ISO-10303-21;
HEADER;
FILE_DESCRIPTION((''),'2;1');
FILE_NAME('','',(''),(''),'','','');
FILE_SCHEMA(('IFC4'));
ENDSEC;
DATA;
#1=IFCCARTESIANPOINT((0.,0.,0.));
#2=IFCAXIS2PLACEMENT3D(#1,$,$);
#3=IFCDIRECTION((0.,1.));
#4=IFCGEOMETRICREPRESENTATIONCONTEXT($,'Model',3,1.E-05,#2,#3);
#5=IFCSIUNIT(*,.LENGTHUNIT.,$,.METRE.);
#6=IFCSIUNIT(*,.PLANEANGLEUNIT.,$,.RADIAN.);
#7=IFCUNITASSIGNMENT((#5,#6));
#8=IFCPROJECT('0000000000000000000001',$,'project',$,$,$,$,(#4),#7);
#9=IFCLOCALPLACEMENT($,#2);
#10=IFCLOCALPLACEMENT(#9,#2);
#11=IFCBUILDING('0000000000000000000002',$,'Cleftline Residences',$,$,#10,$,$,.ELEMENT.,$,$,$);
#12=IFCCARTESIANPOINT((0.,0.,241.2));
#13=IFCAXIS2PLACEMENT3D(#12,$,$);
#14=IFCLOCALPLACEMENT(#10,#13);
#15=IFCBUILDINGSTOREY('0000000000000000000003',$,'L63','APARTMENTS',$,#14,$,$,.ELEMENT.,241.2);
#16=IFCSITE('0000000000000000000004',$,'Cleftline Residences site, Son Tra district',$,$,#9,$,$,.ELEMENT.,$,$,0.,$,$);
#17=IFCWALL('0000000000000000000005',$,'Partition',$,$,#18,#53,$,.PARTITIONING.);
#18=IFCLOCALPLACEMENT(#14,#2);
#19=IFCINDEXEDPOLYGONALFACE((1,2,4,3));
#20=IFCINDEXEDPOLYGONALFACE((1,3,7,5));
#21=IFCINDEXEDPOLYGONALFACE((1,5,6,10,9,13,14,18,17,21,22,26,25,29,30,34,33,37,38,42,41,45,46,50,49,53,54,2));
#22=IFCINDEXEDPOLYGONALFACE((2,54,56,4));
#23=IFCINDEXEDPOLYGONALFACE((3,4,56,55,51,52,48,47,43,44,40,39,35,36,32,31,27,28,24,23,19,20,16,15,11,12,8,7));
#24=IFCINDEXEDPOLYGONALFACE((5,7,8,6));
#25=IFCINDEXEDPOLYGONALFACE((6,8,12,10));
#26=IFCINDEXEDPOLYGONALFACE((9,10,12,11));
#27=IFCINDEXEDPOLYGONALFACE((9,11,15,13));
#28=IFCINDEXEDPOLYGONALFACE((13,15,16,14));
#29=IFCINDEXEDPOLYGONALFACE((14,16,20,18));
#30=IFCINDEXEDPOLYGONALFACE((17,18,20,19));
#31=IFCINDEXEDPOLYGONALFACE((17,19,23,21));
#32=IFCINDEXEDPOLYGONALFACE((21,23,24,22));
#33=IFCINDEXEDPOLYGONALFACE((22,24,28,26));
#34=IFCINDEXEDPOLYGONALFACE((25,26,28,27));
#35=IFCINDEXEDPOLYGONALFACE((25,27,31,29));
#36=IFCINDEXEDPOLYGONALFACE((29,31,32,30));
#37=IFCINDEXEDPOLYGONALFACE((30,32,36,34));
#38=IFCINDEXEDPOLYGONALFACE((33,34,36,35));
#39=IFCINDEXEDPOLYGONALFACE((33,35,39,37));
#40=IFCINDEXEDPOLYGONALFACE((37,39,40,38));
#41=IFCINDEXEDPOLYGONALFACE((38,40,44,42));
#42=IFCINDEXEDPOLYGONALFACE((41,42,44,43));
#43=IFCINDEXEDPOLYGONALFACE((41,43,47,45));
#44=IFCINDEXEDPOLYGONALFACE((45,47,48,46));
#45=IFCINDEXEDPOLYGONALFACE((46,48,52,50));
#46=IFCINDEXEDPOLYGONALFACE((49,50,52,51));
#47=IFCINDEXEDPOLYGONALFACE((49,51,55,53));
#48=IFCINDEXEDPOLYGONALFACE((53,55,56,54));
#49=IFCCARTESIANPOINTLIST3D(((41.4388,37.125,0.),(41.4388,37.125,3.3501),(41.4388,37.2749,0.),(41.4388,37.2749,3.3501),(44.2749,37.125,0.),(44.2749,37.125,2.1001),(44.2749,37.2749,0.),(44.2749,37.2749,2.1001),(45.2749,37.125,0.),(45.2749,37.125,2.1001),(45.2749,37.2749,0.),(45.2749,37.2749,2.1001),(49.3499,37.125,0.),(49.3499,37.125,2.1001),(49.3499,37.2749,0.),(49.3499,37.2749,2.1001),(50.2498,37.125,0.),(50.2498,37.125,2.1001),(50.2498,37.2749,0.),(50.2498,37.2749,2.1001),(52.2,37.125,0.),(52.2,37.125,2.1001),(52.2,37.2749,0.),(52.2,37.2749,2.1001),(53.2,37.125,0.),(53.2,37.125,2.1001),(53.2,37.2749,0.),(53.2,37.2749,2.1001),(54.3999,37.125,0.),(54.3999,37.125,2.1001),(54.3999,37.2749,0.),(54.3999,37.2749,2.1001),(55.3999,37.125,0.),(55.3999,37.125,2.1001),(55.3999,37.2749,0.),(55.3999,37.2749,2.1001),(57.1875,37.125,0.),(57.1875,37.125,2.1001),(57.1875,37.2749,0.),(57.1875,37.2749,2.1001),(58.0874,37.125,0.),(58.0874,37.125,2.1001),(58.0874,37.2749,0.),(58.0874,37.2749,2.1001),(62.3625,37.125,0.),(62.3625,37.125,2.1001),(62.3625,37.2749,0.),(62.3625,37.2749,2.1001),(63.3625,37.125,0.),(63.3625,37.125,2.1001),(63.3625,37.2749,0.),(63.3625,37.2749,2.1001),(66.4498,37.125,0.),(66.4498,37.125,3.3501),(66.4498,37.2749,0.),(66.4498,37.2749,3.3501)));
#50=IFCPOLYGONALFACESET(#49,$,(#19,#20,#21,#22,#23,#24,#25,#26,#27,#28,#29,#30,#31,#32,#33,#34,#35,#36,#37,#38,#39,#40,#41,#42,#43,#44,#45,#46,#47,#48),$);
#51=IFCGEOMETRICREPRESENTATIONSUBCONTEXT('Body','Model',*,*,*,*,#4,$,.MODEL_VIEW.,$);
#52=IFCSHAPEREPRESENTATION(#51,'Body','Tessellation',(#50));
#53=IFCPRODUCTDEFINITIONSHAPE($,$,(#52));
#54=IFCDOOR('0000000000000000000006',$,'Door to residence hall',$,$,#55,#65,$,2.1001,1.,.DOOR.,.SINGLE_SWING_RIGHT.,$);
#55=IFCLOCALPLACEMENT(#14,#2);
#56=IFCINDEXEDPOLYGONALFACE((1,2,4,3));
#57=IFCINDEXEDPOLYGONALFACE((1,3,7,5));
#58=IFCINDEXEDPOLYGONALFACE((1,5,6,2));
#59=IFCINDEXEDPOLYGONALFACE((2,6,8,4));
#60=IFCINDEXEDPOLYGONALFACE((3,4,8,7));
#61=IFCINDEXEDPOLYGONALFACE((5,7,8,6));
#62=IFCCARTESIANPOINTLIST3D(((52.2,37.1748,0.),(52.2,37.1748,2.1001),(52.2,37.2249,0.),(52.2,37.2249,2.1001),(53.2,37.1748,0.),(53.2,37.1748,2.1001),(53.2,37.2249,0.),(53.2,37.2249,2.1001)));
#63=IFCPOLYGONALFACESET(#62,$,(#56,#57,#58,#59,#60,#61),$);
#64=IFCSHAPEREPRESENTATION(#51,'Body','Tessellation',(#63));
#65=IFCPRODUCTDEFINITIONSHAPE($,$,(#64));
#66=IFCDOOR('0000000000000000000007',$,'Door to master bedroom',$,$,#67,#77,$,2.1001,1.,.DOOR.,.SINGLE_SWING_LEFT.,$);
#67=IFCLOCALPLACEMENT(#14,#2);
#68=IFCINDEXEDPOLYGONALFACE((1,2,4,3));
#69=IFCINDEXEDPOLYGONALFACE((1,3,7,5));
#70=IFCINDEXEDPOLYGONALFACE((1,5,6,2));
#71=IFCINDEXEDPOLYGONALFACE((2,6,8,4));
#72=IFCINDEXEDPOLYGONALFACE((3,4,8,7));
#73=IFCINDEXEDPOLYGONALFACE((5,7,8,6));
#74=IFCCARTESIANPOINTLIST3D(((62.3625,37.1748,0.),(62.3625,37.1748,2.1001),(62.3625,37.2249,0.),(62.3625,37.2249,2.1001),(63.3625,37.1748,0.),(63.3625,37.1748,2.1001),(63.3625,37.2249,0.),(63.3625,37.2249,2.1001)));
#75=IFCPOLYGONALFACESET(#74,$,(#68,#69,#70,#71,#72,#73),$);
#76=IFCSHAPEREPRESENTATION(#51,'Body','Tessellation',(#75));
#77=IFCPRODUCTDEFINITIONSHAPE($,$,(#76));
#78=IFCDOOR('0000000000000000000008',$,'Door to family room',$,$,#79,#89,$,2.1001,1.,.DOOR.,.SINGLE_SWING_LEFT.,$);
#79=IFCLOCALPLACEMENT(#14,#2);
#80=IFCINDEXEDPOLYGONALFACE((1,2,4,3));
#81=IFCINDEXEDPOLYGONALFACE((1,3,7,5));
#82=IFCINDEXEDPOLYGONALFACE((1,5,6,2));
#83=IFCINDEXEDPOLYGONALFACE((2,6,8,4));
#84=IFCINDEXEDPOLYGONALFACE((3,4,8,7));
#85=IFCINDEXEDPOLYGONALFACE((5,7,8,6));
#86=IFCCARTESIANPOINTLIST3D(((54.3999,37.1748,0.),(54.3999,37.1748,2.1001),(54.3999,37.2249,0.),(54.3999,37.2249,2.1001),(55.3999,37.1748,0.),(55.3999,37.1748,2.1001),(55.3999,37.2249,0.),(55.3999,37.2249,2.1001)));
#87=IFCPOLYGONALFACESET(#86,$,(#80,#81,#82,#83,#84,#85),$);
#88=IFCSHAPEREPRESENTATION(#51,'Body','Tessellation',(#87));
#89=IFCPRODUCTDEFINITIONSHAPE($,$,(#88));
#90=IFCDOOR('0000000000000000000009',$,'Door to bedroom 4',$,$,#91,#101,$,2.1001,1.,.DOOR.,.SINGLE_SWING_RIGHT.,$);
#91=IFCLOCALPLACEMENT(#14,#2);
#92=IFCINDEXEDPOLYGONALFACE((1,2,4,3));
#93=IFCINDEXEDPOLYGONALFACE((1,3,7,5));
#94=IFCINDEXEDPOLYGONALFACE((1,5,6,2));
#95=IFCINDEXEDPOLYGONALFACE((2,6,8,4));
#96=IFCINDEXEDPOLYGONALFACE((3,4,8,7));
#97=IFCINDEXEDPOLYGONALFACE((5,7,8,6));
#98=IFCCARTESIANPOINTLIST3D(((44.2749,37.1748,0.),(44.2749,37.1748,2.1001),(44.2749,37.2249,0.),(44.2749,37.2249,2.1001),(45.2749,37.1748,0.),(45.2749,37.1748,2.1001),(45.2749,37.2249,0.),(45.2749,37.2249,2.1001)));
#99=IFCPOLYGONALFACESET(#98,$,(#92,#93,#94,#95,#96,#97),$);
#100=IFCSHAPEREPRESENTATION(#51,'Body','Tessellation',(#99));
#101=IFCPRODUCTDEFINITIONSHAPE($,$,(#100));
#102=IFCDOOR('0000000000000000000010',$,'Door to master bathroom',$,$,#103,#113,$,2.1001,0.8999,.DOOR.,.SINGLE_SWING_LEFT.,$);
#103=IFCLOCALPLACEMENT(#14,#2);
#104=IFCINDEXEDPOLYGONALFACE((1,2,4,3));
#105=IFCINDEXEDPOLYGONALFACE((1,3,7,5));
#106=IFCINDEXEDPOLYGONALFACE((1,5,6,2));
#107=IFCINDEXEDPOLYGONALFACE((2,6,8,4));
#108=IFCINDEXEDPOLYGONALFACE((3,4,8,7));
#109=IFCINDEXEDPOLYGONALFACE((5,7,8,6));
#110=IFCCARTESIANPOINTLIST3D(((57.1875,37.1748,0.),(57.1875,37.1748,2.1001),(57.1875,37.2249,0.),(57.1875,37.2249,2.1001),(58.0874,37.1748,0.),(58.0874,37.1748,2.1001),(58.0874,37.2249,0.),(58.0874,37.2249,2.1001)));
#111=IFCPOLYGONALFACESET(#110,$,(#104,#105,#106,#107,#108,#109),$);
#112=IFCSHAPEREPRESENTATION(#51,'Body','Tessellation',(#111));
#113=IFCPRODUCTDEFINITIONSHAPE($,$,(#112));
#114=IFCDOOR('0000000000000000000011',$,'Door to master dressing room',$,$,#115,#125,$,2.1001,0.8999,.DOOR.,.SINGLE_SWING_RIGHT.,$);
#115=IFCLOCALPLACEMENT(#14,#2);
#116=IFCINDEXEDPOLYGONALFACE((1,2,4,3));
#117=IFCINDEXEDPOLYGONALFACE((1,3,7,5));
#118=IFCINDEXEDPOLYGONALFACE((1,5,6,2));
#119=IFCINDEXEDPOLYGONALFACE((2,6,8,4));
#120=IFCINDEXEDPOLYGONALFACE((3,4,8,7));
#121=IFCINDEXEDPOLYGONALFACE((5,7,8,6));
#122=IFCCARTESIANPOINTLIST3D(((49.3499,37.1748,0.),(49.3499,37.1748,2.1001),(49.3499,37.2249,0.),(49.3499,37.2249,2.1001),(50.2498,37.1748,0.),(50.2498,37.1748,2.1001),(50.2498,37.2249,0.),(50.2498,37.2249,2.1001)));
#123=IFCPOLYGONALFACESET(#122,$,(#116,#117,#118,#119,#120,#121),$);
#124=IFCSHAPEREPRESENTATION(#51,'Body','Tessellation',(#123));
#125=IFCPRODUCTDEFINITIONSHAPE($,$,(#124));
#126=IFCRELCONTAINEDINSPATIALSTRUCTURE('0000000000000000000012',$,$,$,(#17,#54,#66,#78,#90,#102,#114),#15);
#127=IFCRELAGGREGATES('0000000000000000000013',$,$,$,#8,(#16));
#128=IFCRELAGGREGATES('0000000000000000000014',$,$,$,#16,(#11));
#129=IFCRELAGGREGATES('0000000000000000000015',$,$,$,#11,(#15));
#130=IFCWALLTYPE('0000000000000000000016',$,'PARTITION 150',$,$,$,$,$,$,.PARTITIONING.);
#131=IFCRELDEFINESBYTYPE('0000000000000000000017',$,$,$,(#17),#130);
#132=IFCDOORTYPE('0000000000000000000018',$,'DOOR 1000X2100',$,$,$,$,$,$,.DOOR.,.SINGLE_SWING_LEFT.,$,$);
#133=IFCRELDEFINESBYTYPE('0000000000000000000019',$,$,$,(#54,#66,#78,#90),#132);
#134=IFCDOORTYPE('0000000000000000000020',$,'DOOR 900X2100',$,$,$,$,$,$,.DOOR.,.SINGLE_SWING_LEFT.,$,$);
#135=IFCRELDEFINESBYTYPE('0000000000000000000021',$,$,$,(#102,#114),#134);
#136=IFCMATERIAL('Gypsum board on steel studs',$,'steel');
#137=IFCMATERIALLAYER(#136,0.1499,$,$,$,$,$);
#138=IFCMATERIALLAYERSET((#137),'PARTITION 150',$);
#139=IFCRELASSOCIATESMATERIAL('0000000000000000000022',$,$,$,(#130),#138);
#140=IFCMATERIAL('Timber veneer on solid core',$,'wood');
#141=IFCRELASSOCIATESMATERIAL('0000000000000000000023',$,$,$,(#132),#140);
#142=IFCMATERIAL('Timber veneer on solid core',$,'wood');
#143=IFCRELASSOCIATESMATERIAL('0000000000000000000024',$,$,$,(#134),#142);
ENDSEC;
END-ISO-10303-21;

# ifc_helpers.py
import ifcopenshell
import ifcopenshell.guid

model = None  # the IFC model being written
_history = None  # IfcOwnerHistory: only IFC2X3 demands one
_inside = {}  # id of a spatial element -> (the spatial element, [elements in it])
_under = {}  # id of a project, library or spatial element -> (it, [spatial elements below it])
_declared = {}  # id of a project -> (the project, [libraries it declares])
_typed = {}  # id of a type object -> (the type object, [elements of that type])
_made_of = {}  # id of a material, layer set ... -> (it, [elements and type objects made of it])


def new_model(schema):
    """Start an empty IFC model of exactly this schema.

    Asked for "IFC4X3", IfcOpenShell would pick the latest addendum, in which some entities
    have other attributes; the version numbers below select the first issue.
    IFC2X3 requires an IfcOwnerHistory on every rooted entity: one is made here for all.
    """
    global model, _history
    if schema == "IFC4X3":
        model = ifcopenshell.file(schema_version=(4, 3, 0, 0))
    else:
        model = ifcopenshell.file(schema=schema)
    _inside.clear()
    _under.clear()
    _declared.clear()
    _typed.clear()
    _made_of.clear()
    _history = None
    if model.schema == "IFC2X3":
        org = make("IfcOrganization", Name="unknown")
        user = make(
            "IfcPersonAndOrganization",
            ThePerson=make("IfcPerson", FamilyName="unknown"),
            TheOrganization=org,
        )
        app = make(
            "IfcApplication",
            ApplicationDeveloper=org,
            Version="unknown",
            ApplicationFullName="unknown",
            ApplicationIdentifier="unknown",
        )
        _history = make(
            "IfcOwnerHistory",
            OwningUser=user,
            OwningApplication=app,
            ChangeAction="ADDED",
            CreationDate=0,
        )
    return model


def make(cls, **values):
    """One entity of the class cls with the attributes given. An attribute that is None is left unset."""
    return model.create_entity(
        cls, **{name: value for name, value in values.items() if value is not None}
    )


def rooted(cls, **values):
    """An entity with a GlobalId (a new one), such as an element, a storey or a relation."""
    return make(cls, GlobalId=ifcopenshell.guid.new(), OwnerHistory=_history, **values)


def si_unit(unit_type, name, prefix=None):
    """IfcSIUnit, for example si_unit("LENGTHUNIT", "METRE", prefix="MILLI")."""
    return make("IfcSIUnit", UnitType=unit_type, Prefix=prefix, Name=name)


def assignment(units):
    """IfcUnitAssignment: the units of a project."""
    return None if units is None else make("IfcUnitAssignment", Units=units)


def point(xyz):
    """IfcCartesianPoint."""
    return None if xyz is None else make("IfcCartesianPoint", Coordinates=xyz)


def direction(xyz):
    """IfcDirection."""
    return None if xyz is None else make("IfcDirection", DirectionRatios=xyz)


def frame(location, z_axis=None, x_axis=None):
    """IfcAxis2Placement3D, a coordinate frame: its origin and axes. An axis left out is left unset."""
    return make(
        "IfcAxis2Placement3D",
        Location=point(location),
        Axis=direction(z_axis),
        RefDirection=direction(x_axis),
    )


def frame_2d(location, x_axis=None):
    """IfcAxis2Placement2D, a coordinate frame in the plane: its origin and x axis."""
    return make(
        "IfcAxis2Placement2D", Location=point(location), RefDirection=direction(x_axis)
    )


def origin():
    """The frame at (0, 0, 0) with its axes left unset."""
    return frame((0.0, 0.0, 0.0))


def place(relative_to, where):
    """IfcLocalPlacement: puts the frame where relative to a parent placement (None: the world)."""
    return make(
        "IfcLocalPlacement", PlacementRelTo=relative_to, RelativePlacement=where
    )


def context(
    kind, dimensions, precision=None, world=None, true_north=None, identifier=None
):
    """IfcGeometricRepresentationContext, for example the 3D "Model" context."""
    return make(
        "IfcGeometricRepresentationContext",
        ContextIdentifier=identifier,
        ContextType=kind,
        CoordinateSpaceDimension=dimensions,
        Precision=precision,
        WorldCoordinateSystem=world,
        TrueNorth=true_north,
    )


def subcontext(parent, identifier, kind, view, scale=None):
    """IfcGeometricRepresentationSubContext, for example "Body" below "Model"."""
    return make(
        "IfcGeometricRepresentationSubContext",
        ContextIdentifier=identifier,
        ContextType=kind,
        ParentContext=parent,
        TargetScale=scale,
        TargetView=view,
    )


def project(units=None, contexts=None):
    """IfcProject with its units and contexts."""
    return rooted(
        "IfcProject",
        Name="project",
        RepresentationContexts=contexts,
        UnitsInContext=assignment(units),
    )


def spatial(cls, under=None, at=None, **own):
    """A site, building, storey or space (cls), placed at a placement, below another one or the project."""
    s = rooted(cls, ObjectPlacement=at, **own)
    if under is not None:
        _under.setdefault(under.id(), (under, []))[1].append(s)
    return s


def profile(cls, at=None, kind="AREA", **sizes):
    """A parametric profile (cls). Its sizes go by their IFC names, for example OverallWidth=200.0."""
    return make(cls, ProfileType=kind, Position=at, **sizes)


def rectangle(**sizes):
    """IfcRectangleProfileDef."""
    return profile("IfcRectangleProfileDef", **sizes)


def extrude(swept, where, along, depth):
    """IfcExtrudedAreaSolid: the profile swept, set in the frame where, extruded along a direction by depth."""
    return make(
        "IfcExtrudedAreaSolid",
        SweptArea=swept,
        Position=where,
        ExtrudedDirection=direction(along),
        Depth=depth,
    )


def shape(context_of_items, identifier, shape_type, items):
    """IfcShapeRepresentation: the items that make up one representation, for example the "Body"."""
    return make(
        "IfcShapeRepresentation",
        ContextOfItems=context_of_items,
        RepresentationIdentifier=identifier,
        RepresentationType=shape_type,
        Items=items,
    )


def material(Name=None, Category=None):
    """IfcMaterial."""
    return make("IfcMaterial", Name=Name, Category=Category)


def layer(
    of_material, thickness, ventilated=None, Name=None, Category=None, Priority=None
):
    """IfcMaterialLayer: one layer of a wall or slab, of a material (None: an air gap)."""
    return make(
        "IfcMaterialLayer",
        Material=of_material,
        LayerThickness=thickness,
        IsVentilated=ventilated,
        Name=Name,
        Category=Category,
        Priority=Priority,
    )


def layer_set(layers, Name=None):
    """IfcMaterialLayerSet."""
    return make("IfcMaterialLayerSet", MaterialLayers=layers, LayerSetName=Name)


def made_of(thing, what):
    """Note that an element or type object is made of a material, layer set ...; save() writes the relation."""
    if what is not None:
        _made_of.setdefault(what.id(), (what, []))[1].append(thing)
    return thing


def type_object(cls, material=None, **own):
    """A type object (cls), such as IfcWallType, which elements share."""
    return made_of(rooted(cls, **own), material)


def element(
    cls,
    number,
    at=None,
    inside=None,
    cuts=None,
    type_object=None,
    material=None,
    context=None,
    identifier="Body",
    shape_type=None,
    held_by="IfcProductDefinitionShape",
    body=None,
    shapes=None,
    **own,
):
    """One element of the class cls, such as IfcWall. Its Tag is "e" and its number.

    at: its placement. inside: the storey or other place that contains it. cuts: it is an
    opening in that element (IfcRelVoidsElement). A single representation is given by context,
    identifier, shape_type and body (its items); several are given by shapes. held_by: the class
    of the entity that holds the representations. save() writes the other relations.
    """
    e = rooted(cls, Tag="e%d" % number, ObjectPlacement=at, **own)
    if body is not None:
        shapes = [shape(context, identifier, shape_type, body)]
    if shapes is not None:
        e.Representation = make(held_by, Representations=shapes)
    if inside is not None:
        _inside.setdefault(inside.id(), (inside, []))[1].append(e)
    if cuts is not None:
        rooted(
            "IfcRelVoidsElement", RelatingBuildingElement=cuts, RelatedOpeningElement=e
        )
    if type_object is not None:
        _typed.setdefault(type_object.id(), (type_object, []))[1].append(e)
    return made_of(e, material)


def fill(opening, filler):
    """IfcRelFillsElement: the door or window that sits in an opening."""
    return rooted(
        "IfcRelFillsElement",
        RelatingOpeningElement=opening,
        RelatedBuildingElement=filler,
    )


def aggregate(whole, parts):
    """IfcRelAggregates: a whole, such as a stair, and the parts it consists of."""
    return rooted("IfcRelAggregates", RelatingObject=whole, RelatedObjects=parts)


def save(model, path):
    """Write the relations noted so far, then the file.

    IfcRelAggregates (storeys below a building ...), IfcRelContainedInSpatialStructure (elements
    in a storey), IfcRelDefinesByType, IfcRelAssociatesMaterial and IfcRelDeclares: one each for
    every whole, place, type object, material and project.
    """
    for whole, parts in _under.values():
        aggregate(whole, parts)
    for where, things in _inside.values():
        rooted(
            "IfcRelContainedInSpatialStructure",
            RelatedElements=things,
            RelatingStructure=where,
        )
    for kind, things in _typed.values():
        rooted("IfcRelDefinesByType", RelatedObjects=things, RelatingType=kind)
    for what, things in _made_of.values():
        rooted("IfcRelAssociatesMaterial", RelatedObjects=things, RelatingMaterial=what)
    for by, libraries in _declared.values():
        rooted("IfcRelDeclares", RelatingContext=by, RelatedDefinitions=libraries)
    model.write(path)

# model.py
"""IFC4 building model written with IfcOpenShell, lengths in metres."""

from ifc_helpers import new_model, si_unit, direction, frame, frame_2d, origin, place, context, subcontext, project, spatial, rectangle, extrude, material, layer, layer_set, type_object, element, fill, save


model = new_model("IFC4")

# Units and contexts
model_context = context("Model", 3, precision=1e-05, world=origin(), true_north=direction((0.0, 1.0)))
body_context = subcontext(model_context, "Body", "Model", "MODEL_VIEW")
ifc_project = project(units=[si_unit("LENGTHUNIT", "METRE"), si_unit("PLANEANGLEUNIT", "RADIAN")], contexts=[model_context])

# Site, building, storey
site_placement = place(None, origin())
site = spatial("IfcSite", under=ifc_project, at=site_placement, Name="Cleftline Residences site, Son Tra district", CompositionType="ELEMENT", RefElevation=0.0)
building_placement = place(site_placement, origin())
building = spatial("IfcBuilding", under=site, at=building_placement, Name="Cleftline Residences", CompositionType="ELEMENT")
storey_placement = place(building_placement, frame((0.0, 0.0, 241.2)))
storey = spatial("IfcBuildingStorey", under=building, at=storey_placement, Name="L63", Description="APARTMENTS", CompositionType="ELEMENT", Elevation=241.2)

# Shared definitions
ifc_material_1 = material(Name="Gypsum board on steel studs", Category="steel")
ifc_layer_1 = layer(ifc_material_1, 0.1499)
ifc_layer_set_1 = layer_set([ifc_layer_1], Name="PARTITION 150")
wall_type = type_object("IfcWallType", Name="PARTITION 150", PredefinedType="PARTITIONING", material=ifc_layer_set_1)

# Wall, openings, doors
wall_1_placement = place(storey_placement, frame((41.439, 37.2, 0.0), z_axis=(0.0, 0.0, 1.0), x_axis=(1.0, 0.0, 0.0)))
wall_1 = element("IfcWall", 1, at=wall_1_placement, inside=storey, type_object=wall_type, Name="Partition", PredefinedType="PARTITIONING", context=body_context, shape_type="SweptSolid", body=[
    extrude(rectangle(XDim=25.011, YDim=0.1499, at=frame_2d((12.5054, 0.0))), origin(), (0.0, 0.0, 1.0), 3.3501),
])
opening_1_placement = place(wall_1_placement, frame((10.761, 0.0, 0.0)))
opening_1 = element("IfcOpeningElement", 2, at=opening_1_placement, cuts=wall_1, PredefinedType="OPENING", context=body_context, shape_type="SweptSolid", body=[
    extrude(rectangle(XDim=1.0, YDim=2.1001, at=frame_2d((0.5, 1.05))), frame((0.0, 0.085, 0.0), z_axis=(0.0, -1.0, 0.0), x_axis=(1.0, 0.0, 0.0)), (0.0, 0.0, 1.0), 0.1699),
])
opening_2_placement = place(wall_1_placement, frame((20.9236, 0.0, 0.0)))
opening_2 = element("IfcOpeningElement", 3, at=opening_2_placement, cuts=wall_1, PredefinedType="OPENING", context=body_context, shape_type="SweptSolid", body=[
    extrude(rectangle(XDim=1.0, YDim=2.1001, at=frame_2d((0.5, 1.05))), frame((0.0, 0.085, 0.0), z_axis=(0.0, -1.0, 0.0), x_axis=(1.0, 0.0, 0.0)), (0.0, 0.0, 1.0), 0.1699),
])
opening_3_placement = place(wall_1_placement, frame((15.7485, 0.0, 0.0)))
opening_3 = element("IfcOpeningElement", 4, at=opening_3_placement, cuts=wall_1, PredefinedType="OPENING", context=body_context, shape_type="SweptSolid", body=[
    extrude(rectangle(XDim=0.8999, YDim=2.1001, at=frame_2d((0.45, 1.05))), frame((0.0, 0.085, 0.0), z_axis=(0.0, -1.0, 0.0), x_axis=(1.0, 0.0, 0.0)), (0.0, 0.0, 1.0), 0.1699),
])
opening_4_placement = place(wall_1_placement, frame((12.9609, 0.0, 0.0)))
opening_4 = element("IfcOpeningElement", 5, at=opening_4_placement, cuts=wall_1, PredefinedType="OPENING", context=body_context, shape_type="SweptSolid", body=[
    extrude(rectangle(XDim=1.0, YDim=2.1001, at=frame_2d((0.5, 1.05))), frame((0.0, 0.085, 0.0), z_axis=(0.0, -1.0, 0.0), x_axis=(1.0, 0.0, 0.0)), (0.0, 0.0, 1.0), 0.1699),
])
opening_5_placement = place(wall_1_placement, frame((7.9109, 0.0, 0.0)))
opening_5 = element("IfcOpeningElement", 6, at=opening_5_placement, cuts=wall_1, PredefinedType="OPENING", context=body_context, shape_type="SweptSolid", body=[
    extrude(rectangle(XDim=0.8999, YDim=2.1001, at=frame_2d((0.45, 1.05))), frame((0.0, 0.085, 0.0), z_axis=(0.0, -1.0, 0.0), x_axis=(1.0, 0.0, 0.0)), (0.0, 0.0, 1.0), 0.1699),
])
opening_6_placement = place(wall_1_placement, frame((2.8359, 0.0, 0.0)))
opening_6 = element("IfcOpeningElement", 7, at=opening_6_placement, cuts=wall_1, PredefinedType="OPENING", context=body_context, shape_type="SweptSolid", body=[
    extrude(rectangle(XDim=1.0, YDim=2.1001, at=frame_2d((0.5, 1.05))), frame((0.0, 0.085, 0.0), z_axis=(0.0, -1.0, 0.0), x_axis=(1.0, 0.0, 0.0)), (0.0, 0.0, 1.0), 0.1699),
])
ifc_material_2 = material(Name="Timber veneer on solid core", Category="wood")
door_type_1 = type_object("IfcDoorType", Name="DOOR 1000X2100", OperationType="SINGLE_SWING_LEFT", PredefinedType="DOOR", material=ifc_material_2)
door_1_placement = place(opening_1_placement, origin())
door_1 = element("IfcDoor", 8, at=door_1_placement, inside=storey, type_object=door_type_1, Name="Door to residence hall", OperationType="SINGLE_SWING_RIGHT", OverallHeight=2.1001, OverallWidth=1.0, PredefinedType="DOOR", context=body_context, shape_type="SweptSolid", body=[
    extrude(rectangle(XDim=1.0, YDim=2.1001, at=frame_2d((0.5, 1.05))), frame((0.0, 0.0249, 0.0), z_axis=(0.0, -1.0, 0.0), x_axis=(1.0, 0.0, 0.0)), (0.0, 0.0, 1.0), 0.05),
])
fill(opening_1, door_1)
door_2_placement = place(opening_2_placement, origin())
door_2 = element("IfcDoor", 9, at=door_2_placement, inside=storey, type_object=door_type_1, Name="Door to master bedroom", OperationType="SINGLE_SWING_LEFT", OverallHeight=2.1001, OverallWidth=1.0, PredefinedType="DOOR", context=body_context, shape_type="SweptSolid", body=[
    extrude(rectangle(XDim=1.0, YDim=2.1001, at=frame_2d((0.5, 1.05))), frame((0.0, 0.0249, 0.0), z_axis=(0.0, -1.0, 0.0), x_axis=(1.0, 0.0, 0.0)), (0.0, 0.0, 1.0), 0.05),
])
fill(opening_2, door_2)
door_3_placement = place(opening_4_placement, origin())
door_3 = element("IfcDoor", 10, at=door_3_placement, inside=storey, type_object=door_type_1, Name="Door to family room", OperationType="SINGLE_SWING_LEFT", OverallHeight=2.1001, OverallWidth=1.0, PredefinedType="DOOR", context=body_context, shape_type="SweptSolid", body=[
    extrude(rectangle(XDim=1.0, YDim=2.1001, at=frame_2d((0.5, 1.05))), frame((0.0, 0.0249, 0.0), z_axis=(0.0, -1.0, 0.0), x_axis=(1.0, 0.0, 0.0)), (0.0, 0.0, 1.0), 0.05),
])
fill(opening_4, door_3)
door_4_placement = place(opening_6_placement, origin())
door_4 = element("IfcDoor", 11, at=door_4_placement, inside=storey, type_object=door_type_1, Name="Door to bedroom 4", OperationType="SINGLE_SWING_RIGHT", OverallHeight=2.1001, OverallWidth=1.0, PredefinedType="DOOR", context=body_context, shape_type="SweptSolid", body=[
    extrude(rectangle(XDim=1.0, YDim=2.1001, at=frame_2d((0.5, 1.05))), frame((0.0, 0.0249, 0.0), z_axis=(0.0, -1.0, 0.0), x_axis=(1.0, 0.0, 0.0)), (0.0, 0.0, 1.0), 0.05),
])
fill(opening_6, door_4)
ifc_material_3 = material(Name="Timber veneer on solid core", Category="wood")
door_type_2 = type_object("IfcDoorType", Name="DOOR 900X2100", OperationType="SINGLE_SWING_LEFT", PredefinedType="DOOR", material=ifc_material_3)
door_5_placement = place(opening_3_placement, origin())
door_5 = element("IfcDoor", 12, at=door_5_placement, inside=storey, type_object=door_type_2, Name="Door to master bathroom", OperationType="SINGLE_SWING_LEFT", OverallHeight=2.1001, OverallWidth=0.8999, PredefinedType="DOOR", context=body_context, shape_type="SweptSolid", body=[
    extrude(rectangle(XDim=0.8999, YDim=2.1001, at=frame_2d((0.45, 1.05))), frame((0.0, 0.0249, 0.0), z_axis=(0.0, -1.0, 0.0), x_axis=(1.0, 0.0, 0.0)), (0.0, 0.0, 1.0), 0.05),
])
fill(opening_3, door_5)
door_6_placement = place(opening_5_placement, origin())
door_6 = element("IfcDoor", 13, at=door_6_placement, inside=storey, type_object=door_type_2, Name="Door to master dressing room", OperationType="SINGLE_SWING_RIGHT", OverallHeight=2.1001, OverallWidth=0.8999, PredefinedType="DOOR", context=body_context, shape_type="SweptSolid", body=[
    extrude(rectangle(XDim=0.8999, YDim=2.1001, at=frame_2d((0.45, 1.05))), frame((0.0, 0.0249, 0.0), z_axis=(0.0, -1.0, 0.0), x_axis=(1.0, 0.0, 0.0)), (0.0, 0.0, 1.0), 0.05),
])
fill(opening_5, door_6)

save(model, "model.ifc")
